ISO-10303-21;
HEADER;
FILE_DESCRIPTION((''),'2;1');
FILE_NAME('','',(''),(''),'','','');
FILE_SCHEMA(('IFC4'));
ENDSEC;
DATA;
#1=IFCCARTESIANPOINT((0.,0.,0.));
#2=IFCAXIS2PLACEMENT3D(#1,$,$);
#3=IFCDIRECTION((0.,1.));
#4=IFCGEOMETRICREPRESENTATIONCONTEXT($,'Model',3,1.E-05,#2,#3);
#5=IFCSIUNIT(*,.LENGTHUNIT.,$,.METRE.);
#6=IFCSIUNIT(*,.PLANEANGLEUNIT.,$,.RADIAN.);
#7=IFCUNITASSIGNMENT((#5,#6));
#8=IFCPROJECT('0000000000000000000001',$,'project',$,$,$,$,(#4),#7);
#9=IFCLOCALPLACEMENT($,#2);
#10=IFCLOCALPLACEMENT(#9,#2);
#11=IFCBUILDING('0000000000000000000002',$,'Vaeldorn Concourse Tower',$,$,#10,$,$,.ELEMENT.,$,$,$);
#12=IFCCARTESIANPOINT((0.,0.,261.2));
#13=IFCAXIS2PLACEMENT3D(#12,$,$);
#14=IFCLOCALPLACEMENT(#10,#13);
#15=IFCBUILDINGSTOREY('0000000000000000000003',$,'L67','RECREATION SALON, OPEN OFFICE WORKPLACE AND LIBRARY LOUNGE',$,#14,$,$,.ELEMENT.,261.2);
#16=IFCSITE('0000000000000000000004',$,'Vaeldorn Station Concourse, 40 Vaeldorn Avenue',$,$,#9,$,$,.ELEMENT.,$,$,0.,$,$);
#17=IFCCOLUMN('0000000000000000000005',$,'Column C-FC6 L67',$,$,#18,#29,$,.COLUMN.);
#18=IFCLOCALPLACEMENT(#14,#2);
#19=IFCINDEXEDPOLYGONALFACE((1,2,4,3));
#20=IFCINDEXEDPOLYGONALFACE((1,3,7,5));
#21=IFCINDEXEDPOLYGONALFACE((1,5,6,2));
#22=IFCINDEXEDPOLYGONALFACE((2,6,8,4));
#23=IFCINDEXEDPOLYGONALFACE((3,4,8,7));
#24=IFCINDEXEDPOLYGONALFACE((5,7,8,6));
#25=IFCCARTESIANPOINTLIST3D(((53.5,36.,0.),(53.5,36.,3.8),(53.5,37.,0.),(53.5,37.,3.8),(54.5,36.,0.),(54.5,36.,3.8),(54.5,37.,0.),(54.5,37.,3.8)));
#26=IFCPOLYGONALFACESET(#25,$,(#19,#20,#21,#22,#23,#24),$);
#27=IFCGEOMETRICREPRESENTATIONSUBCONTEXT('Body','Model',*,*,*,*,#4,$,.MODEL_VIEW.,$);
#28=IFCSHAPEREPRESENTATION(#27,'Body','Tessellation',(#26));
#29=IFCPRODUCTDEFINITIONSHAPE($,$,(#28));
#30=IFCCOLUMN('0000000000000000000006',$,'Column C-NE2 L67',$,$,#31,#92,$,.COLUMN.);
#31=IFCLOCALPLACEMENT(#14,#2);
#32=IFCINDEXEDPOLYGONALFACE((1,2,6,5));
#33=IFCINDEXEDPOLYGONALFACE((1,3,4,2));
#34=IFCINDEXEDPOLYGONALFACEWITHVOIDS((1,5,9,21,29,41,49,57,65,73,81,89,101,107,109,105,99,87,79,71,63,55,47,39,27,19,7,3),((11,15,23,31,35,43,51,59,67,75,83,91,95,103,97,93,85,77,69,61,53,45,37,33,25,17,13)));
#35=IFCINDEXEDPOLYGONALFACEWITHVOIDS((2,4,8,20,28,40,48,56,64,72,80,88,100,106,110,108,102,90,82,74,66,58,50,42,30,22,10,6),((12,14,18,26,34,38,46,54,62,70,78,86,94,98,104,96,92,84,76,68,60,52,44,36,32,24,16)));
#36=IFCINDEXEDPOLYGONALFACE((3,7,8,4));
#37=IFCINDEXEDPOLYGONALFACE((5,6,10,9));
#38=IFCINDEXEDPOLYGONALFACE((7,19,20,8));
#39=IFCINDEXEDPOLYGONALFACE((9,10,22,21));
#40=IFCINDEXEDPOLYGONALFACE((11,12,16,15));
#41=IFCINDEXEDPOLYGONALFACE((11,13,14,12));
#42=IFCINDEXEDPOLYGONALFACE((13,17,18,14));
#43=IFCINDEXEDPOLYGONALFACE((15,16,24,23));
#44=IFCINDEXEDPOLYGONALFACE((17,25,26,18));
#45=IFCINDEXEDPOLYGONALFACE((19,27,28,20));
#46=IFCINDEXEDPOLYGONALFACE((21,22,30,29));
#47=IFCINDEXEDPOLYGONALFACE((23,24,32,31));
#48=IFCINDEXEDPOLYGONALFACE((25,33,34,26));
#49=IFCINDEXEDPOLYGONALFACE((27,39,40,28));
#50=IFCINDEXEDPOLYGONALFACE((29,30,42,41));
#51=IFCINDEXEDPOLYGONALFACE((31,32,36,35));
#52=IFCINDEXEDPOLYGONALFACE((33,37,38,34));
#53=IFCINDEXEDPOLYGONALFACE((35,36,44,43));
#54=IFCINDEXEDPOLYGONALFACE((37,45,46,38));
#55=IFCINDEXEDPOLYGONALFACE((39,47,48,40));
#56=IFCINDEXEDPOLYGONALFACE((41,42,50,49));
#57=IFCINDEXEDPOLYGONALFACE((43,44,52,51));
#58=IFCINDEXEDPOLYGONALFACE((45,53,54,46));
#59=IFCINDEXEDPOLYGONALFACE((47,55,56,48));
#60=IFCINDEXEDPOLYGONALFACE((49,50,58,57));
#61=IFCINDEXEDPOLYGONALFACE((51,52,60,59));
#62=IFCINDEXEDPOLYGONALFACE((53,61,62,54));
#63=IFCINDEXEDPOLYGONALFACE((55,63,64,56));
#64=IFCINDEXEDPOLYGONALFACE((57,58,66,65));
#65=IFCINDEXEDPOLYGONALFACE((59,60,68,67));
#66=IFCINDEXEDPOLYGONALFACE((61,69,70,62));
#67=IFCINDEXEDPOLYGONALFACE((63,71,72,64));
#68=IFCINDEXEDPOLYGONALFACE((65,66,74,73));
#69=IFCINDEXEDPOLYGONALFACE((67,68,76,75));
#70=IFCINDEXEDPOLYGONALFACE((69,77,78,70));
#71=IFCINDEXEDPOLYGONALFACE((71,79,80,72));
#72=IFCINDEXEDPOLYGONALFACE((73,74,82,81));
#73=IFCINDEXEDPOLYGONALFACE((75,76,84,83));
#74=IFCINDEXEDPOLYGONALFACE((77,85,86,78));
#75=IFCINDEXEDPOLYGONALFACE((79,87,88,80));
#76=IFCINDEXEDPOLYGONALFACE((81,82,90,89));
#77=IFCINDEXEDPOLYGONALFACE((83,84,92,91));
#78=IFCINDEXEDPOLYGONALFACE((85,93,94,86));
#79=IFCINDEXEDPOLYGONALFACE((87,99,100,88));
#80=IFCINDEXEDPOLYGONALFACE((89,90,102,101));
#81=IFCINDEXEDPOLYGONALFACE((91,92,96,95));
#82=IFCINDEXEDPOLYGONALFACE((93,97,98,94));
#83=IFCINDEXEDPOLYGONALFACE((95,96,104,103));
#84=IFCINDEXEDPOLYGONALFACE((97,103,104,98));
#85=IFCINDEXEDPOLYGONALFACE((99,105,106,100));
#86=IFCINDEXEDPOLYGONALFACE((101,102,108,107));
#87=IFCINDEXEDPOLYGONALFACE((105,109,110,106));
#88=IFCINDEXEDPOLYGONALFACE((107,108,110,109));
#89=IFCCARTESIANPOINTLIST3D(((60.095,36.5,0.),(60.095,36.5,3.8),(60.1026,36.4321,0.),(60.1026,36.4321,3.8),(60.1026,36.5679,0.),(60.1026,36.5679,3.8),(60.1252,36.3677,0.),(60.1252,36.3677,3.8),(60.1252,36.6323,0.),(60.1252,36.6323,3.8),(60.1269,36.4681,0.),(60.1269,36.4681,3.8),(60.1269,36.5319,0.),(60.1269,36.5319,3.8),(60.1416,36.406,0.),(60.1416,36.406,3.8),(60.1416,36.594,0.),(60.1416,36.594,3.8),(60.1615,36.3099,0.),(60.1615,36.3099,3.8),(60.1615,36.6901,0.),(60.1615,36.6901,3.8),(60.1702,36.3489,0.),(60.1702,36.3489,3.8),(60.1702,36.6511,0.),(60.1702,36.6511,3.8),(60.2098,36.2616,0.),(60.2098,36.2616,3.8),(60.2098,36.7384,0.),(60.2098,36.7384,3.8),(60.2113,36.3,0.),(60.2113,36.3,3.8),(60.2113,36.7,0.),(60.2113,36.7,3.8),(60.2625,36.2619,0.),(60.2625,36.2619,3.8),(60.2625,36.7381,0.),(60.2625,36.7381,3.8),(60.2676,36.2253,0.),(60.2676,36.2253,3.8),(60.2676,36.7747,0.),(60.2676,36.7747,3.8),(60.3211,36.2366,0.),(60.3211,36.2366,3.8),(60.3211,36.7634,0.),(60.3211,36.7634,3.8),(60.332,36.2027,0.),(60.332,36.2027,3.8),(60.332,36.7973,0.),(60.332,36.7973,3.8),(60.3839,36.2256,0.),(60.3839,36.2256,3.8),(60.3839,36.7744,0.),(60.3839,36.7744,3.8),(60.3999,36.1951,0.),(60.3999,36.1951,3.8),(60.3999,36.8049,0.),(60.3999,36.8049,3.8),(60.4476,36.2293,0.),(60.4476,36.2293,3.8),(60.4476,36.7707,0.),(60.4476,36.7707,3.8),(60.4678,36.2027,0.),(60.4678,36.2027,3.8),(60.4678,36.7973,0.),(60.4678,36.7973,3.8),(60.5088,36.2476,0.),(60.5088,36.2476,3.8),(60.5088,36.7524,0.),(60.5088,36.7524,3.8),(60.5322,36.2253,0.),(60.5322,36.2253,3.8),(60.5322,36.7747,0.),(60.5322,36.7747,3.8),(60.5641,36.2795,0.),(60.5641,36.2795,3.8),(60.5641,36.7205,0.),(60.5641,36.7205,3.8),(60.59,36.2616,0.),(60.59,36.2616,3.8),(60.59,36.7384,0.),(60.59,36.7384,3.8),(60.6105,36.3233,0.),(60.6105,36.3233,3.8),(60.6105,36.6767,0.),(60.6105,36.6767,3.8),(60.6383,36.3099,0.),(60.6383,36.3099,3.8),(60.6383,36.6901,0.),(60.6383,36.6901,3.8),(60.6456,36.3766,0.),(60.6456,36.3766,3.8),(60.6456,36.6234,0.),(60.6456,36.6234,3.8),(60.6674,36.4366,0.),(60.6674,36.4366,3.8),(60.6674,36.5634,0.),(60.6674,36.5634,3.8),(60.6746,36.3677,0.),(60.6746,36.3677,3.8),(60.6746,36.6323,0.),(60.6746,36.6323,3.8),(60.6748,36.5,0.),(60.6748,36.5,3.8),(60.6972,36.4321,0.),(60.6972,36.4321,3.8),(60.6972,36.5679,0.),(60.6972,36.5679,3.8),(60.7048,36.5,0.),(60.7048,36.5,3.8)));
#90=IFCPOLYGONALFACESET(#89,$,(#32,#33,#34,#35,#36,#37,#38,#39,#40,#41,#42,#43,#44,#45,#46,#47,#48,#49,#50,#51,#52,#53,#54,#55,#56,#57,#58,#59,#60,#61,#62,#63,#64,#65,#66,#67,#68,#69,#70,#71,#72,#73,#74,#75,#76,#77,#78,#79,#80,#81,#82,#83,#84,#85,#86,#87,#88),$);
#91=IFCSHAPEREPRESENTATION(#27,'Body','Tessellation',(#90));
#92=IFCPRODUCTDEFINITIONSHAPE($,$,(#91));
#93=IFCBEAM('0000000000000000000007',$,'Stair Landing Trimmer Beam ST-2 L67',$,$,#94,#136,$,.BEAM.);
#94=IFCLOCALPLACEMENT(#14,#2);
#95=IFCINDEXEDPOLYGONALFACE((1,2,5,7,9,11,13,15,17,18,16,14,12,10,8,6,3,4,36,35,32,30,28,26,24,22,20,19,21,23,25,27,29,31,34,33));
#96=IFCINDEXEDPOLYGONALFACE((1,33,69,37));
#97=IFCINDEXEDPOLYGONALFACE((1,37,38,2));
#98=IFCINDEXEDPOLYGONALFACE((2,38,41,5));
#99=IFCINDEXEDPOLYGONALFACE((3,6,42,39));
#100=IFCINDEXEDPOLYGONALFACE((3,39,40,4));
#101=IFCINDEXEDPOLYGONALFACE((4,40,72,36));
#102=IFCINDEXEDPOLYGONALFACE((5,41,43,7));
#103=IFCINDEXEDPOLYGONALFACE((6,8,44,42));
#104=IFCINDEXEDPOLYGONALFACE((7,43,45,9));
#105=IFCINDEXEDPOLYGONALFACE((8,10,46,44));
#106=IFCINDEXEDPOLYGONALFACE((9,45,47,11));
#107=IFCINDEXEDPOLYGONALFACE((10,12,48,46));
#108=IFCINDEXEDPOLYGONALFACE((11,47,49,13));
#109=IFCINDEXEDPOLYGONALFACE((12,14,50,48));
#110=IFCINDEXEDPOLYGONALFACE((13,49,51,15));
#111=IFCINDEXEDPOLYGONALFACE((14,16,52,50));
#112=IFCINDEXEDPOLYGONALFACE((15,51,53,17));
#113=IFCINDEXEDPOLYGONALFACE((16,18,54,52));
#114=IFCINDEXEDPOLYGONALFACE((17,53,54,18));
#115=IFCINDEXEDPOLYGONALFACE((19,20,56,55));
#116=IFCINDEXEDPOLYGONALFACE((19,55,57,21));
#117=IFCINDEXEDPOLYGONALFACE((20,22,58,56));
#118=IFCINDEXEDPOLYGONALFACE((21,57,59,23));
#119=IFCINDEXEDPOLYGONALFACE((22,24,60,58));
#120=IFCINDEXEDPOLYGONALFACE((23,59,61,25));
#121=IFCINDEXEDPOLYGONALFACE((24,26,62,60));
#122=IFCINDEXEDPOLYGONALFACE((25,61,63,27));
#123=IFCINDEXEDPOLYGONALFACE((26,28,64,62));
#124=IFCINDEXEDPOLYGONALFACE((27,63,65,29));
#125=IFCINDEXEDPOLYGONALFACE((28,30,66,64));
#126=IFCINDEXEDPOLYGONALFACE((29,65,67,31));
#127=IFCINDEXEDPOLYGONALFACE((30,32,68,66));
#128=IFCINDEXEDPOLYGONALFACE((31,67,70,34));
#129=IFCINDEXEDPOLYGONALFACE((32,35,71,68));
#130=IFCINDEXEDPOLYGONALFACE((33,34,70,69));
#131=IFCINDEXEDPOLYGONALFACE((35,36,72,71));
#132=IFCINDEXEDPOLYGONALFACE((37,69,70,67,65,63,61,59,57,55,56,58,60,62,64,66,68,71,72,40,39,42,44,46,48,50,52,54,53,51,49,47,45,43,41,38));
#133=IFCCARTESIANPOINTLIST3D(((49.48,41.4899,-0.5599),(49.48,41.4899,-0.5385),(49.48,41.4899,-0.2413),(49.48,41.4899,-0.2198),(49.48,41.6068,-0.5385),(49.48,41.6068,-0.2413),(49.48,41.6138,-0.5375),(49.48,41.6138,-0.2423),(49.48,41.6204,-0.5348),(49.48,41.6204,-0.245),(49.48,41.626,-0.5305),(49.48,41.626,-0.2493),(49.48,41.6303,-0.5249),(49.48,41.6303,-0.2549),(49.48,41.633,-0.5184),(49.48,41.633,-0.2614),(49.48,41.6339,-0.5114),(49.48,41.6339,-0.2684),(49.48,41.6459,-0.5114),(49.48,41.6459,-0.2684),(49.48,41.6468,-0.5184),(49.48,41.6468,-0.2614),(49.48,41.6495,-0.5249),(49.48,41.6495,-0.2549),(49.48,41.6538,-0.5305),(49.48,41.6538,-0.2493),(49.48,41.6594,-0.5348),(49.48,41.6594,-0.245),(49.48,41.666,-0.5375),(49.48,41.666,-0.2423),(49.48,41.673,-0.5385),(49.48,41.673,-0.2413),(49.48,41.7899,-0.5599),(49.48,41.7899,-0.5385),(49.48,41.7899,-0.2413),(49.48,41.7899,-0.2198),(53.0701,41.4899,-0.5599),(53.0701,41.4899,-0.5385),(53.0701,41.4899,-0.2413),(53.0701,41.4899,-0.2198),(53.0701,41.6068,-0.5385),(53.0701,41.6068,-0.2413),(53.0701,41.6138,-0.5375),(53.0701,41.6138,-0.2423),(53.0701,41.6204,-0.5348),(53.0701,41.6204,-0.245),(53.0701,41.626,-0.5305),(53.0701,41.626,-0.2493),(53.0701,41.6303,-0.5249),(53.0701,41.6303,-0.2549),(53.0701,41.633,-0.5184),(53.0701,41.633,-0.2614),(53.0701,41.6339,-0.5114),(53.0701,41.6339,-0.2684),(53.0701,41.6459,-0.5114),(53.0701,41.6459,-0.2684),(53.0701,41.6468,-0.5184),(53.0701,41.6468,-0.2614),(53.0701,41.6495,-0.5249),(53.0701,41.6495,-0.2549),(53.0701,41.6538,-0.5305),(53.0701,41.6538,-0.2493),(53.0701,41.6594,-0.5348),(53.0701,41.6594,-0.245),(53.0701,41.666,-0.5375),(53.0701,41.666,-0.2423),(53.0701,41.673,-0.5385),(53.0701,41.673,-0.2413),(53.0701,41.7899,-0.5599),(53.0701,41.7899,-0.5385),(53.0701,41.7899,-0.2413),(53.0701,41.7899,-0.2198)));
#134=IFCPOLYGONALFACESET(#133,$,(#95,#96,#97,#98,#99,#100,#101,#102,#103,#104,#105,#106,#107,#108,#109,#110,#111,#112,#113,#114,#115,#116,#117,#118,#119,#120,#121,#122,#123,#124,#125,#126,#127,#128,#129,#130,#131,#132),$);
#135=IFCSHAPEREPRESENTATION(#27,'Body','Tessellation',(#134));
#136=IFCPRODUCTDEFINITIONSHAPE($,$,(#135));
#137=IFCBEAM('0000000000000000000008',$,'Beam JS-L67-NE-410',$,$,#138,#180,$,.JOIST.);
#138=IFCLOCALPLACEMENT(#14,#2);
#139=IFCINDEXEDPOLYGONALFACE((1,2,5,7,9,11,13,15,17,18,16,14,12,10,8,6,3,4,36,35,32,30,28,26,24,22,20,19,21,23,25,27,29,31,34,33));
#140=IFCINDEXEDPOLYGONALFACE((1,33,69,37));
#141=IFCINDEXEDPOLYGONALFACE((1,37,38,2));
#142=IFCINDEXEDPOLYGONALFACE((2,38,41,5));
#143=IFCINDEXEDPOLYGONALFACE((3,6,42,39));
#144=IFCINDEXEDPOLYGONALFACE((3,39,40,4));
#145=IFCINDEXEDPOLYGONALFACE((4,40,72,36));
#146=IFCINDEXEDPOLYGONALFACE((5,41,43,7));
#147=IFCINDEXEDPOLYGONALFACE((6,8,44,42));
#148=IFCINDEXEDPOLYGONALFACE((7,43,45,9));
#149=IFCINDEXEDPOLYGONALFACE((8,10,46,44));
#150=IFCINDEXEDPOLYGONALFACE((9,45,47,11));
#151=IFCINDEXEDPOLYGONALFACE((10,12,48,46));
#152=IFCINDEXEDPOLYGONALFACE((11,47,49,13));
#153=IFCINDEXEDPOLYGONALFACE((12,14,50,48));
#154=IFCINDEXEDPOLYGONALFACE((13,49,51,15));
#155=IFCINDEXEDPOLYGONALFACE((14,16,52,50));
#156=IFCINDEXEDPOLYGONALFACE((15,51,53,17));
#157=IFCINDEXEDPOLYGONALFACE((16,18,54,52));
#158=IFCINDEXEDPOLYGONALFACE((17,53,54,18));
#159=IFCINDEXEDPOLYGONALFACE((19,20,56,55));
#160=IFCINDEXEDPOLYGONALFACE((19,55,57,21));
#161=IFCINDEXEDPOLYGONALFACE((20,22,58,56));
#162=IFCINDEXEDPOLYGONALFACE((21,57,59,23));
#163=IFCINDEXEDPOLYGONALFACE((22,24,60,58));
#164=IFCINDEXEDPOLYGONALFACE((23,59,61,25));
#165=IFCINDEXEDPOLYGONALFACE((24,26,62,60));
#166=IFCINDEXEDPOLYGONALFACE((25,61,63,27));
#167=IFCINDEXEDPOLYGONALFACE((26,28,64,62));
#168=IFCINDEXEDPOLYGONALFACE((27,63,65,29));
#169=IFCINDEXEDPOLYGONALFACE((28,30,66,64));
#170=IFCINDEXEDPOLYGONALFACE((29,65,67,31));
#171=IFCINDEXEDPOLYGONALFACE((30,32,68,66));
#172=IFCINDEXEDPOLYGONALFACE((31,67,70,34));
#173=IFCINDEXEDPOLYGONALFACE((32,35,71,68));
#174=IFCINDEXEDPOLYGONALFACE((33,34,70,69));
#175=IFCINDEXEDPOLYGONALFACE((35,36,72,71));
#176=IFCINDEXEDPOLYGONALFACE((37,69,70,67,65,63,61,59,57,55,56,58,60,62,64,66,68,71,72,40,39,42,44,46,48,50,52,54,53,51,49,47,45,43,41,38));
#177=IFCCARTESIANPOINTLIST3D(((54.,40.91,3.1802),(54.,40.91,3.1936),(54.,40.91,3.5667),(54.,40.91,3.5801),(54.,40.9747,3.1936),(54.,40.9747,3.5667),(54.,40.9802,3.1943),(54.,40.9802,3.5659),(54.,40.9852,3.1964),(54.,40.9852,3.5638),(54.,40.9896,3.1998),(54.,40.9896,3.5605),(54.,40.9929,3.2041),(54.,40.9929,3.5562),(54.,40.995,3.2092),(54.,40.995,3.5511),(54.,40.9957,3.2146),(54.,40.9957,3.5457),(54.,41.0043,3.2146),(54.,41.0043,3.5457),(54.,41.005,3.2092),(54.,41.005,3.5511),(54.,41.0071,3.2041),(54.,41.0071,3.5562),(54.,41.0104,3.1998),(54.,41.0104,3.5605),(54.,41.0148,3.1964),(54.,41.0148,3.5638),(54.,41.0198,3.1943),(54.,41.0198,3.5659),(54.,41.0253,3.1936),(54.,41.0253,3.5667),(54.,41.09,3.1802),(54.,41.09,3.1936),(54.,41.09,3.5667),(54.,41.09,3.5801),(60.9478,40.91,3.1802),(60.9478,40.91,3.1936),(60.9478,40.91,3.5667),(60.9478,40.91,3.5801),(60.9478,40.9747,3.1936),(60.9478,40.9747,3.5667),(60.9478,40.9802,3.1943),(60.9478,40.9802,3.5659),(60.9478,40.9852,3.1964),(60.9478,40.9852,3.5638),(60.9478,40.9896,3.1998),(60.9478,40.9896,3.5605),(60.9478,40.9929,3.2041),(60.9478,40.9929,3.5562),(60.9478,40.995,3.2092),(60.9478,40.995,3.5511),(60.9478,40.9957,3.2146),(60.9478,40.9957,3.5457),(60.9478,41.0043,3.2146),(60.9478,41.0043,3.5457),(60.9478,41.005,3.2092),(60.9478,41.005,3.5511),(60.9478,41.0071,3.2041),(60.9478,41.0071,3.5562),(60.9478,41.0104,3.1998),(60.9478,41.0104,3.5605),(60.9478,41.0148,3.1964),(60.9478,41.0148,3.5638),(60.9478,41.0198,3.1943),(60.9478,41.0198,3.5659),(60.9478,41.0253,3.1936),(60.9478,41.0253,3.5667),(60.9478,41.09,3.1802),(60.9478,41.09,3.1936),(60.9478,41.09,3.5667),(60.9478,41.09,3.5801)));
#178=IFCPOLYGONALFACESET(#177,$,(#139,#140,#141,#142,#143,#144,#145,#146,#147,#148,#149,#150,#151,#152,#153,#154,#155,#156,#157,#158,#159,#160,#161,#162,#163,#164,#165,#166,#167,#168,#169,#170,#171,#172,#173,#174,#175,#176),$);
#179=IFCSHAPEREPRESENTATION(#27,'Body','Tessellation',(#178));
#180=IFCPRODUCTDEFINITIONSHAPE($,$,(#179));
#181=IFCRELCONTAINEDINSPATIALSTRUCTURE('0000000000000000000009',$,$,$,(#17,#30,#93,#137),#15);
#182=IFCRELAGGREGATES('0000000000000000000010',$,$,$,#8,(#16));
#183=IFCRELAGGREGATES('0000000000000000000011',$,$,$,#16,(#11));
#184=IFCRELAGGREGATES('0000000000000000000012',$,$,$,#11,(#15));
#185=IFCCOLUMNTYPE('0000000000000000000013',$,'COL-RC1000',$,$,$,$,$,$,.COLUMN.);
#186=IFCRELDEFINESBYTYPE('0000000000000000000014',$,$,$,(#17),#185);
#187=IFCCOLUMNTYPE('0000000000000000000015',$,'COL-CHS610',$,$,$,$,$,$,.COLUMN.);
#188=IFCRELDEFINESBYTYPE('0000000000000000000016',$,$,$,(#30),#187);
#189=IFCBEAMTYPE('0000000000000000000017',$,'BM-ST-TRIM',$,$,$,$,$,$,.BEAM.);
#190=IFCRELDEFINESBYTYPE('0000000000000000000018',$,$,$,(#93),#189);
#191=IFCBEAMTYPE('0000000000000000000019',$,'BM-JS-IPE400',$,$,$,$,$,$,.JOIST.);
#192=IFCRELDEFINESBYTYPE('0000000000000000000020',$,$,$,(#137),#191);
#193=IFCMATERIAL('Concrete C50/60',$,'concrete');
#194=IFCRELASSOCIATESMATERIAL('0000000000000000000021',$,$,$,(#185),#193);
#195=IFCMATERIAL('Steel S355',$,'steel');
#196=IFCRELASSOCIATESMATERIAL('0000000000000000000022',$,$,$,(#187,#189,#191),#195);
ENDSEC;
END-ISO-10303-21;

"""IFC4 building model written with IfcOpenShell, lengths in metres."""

from ifc_helpers import new_model, si_unit, direction, frame, origin, origin_2d, place, context, subcontext, project, spatial, rectangle, hollow_circle, i_section, extrude, source, transform, mapped, material, material_profile, profile_set, type_object, element, save


model = new_model("IFC4")

# Units and contexts
model_context = context("Model", 3, precision=1e-05, world=origin(), true_north=direction((0.0, 1.0)))
body_context = subcontext(model_context, "Body", "Model", "MODEL_VIEW")
ifc_project = project(units=[si_unit("LENGTHUNIT", "METRE"), si_unit("PLANEANGLEUNIT", "RADIAN")], contexts=[model_context])

# Site, building, storey
site_placement = place(None, origin())
site = spatial("IfcSite", under=ifc_project, at=site_placement, Name="Vaeldorn Station Concourse, 40 Vaeldorn Avenue", CompositionType="ELEMENT", RefElevation=0.0)
building_placement = place(site_placement, origin())
building = spatial("IfcBuilding", under=site, at=building_placement, Name="Vaeldorn Concourse Tower", CompositionType="ELEMENT")
storey_placement = place(building_placement, frame((0.0, 0.0, 261.2)))
storey = spatial("IfcBuildingStorey", under=building, at=storey_placement, Name="L67", Description="RECREATION SALON, OPEN OFFICE WORKPLACE AND LIBRARY LOUNGE", CompositionType="ELEMENT", Elevation=261.2)

# Columns
ifc_material_1 = material(Name="Concrete C50/60", Category="concrete")
ifc_material_profile_1 = material_profile(ifc_material_1, rectangle(XDim=1.0, YDim=1.0, at=origin_2d()), Name="RC 1000x1000")
ifc_profile_set_1 = profile_set([ifc_material_profile_1], Name="Concrete C50/60")
column_type_1 = type_object("IfcColumnType", Name="COL-RC1000", PredefinedType="COLUMN", material=ifc_profile_set_1)
shared_shape_1 = source(origin(), body_context, "Body", "SweptSolid", [
    extrude(rectangle(XDim=1.0, YDim=1.0, at=origin_2d()), origin(), (0.0, 0.0, 1.0), 3.8),
])
column_1_placement = place(storey_placement, frame((54.0, 36.5, 0.0), z_axis=(0.0, 0.0, 1.0), x_axis=(1.0, 0.0, 0.0)))
element("IfcColumn", 1, at=column_1_placement, inside=storey, type_object=column_type_1, Name="Column C-FC6 L67", PredefinedType="COLUMN", context=body_context, shape_type="MappedRepresentation", body=[
    mapped(shared_shape_1, transform((0.0, 0.0, 0.0), scale=1.0)),
])
ifc_material_2 = material(Name="Steel S355", Category="steel")
ifc_material_profile_2 = material_profile(ifc_material_2, hollow_circle(Radius=0.3049, WallThickness=0.03, at=origin_2d()), Name="CHS 610x30")
ifc_profile_set_2 = profile_set([ifc_material_profile_2], Name="Steel S355")
column_type_2 = type_object("IfcColumnType", Name="COL-CHS610", PredefinedType="COLUMN", material=ifc_profile_set_2)
shared_shape_2 = source(origin(), body_context, "Body", "SweptSolid", [
    extrude(hollow_circle(Radius=0.3049, WallThickness=0.03, at=origin_2d()), origin(), (0.0, 0.0, 1.0), 3.8),
])
column_2_placement = place(storey_placement, frame((60.3999, 36.5, 0.0), z_axis=(0.0, 0.0, 1.0), x_axis=(1.0, 0.0, 0.0)))
element("IfcColumn", 2, at=column_2_placement, inside=storey, type_object=column_type_2, Name="Column C-NE2 L67", PredefinedType="COLUMN", context=body_context, shape_type="MappedRepresentation", body=[
    mapped(shared_shape_2, transform((0.0, 0.0, 0.0), scale=1.0)),
])

# Beams
ifc_material_profile_3 = material_profile(ifc_material_2, i_section(OverallWidth=0.3, OverallDepth=0.3401, WebThickness=0.012, FlangeThickness=0.0215, FilletRadius=0.0271, at=origin_2d()), Name="HEB 340")
ifc_profile_set_3 = profile_set([ifc_material_profile_3], Name="Steel S355")
beam_type_1 = type_object("IfcBeamType", Name="BM-ST-TRIM", PredefinedType="BEAM", material=ifc_profile_set_3)
shared_shape_3 = source(origin(), body_context, "Body", "SweptSolid", [
    extrude(i_section(OverallWidth=0.3, OverallDepth=0.3401, WebThickness=0.012, FlangeThickness=0.0215, FilletRadius=0.0271, at=origin_2d()), origin(), (0.0, 0.0, 1.0), 3.5901),
])
beam_1_placement = place(storey_placement, frame((49.48, 41.6399, -0.3899), z_axis=(1.0, 0.0, 0.0), x_axis=(0.0, 1.0, 0.0)))
element("IfcBeam", 3, at=beam_1_placement, inside=storey, type_object=beam_type_1, Name="Stair Landing Trimmer Beam ST-2 L67", PredefinedType="BEAM", context=body_context, shape_type="MappedRepresentation", body=[
    mapped(shared_shape_3, transform((0.0, 0.0, 0.0), scale=1.0)),
])
ifc_material_profile_4 = material_profile(ifc_material_2, i_section(OverallWidth=0.1799, OverallDepth=0.3999, WebThickness=0.0085, FlangeThickness=0.0134, FilletRadius=0.021, at=origin_2d()), Name="IPE 400")
ifc_profile_set_4 = profile_set([ifc_material_profile_4], Name="Steel S355")
beam_type_2 = type_object("IfcBeamType", Name="BM-JS-IPE400", PredefinedType="JOIST", material=ifc_profile_set_4)
shared_shape_4 = source(origin(), body_context, "Body", "SweptSolid", [
    extrude(i_section(OverallWidth=0.1799, OverallDepth=0.3999, WebThickness=0.0085, FlangeThickness=0.0134, FilletRadius=0.021, at=origin_2d()), origin(), (0.0, 0.0, 1.0), 6.9478),
])
beam_2_placement = place(storey_placement, frame((54.0, 41.0, 3.3801), z_axis=(1.0, 0.0, 0.0), x_axis=(0.0, 1.0, 0.0)))
element("IfcBeam", 4, at=beam_2_placement, inside=storey, type_object=beam_type_2, Name="Beam JS-L67-NE-410", PredefinedType="JOIST", context=body_context, shape_type="MappedRepresentation", body=[
    mapped(shared_shape_4, transform((0.0, 0.0, 0.0), scale=1.0)),
])

save(model, "model.ifc")
